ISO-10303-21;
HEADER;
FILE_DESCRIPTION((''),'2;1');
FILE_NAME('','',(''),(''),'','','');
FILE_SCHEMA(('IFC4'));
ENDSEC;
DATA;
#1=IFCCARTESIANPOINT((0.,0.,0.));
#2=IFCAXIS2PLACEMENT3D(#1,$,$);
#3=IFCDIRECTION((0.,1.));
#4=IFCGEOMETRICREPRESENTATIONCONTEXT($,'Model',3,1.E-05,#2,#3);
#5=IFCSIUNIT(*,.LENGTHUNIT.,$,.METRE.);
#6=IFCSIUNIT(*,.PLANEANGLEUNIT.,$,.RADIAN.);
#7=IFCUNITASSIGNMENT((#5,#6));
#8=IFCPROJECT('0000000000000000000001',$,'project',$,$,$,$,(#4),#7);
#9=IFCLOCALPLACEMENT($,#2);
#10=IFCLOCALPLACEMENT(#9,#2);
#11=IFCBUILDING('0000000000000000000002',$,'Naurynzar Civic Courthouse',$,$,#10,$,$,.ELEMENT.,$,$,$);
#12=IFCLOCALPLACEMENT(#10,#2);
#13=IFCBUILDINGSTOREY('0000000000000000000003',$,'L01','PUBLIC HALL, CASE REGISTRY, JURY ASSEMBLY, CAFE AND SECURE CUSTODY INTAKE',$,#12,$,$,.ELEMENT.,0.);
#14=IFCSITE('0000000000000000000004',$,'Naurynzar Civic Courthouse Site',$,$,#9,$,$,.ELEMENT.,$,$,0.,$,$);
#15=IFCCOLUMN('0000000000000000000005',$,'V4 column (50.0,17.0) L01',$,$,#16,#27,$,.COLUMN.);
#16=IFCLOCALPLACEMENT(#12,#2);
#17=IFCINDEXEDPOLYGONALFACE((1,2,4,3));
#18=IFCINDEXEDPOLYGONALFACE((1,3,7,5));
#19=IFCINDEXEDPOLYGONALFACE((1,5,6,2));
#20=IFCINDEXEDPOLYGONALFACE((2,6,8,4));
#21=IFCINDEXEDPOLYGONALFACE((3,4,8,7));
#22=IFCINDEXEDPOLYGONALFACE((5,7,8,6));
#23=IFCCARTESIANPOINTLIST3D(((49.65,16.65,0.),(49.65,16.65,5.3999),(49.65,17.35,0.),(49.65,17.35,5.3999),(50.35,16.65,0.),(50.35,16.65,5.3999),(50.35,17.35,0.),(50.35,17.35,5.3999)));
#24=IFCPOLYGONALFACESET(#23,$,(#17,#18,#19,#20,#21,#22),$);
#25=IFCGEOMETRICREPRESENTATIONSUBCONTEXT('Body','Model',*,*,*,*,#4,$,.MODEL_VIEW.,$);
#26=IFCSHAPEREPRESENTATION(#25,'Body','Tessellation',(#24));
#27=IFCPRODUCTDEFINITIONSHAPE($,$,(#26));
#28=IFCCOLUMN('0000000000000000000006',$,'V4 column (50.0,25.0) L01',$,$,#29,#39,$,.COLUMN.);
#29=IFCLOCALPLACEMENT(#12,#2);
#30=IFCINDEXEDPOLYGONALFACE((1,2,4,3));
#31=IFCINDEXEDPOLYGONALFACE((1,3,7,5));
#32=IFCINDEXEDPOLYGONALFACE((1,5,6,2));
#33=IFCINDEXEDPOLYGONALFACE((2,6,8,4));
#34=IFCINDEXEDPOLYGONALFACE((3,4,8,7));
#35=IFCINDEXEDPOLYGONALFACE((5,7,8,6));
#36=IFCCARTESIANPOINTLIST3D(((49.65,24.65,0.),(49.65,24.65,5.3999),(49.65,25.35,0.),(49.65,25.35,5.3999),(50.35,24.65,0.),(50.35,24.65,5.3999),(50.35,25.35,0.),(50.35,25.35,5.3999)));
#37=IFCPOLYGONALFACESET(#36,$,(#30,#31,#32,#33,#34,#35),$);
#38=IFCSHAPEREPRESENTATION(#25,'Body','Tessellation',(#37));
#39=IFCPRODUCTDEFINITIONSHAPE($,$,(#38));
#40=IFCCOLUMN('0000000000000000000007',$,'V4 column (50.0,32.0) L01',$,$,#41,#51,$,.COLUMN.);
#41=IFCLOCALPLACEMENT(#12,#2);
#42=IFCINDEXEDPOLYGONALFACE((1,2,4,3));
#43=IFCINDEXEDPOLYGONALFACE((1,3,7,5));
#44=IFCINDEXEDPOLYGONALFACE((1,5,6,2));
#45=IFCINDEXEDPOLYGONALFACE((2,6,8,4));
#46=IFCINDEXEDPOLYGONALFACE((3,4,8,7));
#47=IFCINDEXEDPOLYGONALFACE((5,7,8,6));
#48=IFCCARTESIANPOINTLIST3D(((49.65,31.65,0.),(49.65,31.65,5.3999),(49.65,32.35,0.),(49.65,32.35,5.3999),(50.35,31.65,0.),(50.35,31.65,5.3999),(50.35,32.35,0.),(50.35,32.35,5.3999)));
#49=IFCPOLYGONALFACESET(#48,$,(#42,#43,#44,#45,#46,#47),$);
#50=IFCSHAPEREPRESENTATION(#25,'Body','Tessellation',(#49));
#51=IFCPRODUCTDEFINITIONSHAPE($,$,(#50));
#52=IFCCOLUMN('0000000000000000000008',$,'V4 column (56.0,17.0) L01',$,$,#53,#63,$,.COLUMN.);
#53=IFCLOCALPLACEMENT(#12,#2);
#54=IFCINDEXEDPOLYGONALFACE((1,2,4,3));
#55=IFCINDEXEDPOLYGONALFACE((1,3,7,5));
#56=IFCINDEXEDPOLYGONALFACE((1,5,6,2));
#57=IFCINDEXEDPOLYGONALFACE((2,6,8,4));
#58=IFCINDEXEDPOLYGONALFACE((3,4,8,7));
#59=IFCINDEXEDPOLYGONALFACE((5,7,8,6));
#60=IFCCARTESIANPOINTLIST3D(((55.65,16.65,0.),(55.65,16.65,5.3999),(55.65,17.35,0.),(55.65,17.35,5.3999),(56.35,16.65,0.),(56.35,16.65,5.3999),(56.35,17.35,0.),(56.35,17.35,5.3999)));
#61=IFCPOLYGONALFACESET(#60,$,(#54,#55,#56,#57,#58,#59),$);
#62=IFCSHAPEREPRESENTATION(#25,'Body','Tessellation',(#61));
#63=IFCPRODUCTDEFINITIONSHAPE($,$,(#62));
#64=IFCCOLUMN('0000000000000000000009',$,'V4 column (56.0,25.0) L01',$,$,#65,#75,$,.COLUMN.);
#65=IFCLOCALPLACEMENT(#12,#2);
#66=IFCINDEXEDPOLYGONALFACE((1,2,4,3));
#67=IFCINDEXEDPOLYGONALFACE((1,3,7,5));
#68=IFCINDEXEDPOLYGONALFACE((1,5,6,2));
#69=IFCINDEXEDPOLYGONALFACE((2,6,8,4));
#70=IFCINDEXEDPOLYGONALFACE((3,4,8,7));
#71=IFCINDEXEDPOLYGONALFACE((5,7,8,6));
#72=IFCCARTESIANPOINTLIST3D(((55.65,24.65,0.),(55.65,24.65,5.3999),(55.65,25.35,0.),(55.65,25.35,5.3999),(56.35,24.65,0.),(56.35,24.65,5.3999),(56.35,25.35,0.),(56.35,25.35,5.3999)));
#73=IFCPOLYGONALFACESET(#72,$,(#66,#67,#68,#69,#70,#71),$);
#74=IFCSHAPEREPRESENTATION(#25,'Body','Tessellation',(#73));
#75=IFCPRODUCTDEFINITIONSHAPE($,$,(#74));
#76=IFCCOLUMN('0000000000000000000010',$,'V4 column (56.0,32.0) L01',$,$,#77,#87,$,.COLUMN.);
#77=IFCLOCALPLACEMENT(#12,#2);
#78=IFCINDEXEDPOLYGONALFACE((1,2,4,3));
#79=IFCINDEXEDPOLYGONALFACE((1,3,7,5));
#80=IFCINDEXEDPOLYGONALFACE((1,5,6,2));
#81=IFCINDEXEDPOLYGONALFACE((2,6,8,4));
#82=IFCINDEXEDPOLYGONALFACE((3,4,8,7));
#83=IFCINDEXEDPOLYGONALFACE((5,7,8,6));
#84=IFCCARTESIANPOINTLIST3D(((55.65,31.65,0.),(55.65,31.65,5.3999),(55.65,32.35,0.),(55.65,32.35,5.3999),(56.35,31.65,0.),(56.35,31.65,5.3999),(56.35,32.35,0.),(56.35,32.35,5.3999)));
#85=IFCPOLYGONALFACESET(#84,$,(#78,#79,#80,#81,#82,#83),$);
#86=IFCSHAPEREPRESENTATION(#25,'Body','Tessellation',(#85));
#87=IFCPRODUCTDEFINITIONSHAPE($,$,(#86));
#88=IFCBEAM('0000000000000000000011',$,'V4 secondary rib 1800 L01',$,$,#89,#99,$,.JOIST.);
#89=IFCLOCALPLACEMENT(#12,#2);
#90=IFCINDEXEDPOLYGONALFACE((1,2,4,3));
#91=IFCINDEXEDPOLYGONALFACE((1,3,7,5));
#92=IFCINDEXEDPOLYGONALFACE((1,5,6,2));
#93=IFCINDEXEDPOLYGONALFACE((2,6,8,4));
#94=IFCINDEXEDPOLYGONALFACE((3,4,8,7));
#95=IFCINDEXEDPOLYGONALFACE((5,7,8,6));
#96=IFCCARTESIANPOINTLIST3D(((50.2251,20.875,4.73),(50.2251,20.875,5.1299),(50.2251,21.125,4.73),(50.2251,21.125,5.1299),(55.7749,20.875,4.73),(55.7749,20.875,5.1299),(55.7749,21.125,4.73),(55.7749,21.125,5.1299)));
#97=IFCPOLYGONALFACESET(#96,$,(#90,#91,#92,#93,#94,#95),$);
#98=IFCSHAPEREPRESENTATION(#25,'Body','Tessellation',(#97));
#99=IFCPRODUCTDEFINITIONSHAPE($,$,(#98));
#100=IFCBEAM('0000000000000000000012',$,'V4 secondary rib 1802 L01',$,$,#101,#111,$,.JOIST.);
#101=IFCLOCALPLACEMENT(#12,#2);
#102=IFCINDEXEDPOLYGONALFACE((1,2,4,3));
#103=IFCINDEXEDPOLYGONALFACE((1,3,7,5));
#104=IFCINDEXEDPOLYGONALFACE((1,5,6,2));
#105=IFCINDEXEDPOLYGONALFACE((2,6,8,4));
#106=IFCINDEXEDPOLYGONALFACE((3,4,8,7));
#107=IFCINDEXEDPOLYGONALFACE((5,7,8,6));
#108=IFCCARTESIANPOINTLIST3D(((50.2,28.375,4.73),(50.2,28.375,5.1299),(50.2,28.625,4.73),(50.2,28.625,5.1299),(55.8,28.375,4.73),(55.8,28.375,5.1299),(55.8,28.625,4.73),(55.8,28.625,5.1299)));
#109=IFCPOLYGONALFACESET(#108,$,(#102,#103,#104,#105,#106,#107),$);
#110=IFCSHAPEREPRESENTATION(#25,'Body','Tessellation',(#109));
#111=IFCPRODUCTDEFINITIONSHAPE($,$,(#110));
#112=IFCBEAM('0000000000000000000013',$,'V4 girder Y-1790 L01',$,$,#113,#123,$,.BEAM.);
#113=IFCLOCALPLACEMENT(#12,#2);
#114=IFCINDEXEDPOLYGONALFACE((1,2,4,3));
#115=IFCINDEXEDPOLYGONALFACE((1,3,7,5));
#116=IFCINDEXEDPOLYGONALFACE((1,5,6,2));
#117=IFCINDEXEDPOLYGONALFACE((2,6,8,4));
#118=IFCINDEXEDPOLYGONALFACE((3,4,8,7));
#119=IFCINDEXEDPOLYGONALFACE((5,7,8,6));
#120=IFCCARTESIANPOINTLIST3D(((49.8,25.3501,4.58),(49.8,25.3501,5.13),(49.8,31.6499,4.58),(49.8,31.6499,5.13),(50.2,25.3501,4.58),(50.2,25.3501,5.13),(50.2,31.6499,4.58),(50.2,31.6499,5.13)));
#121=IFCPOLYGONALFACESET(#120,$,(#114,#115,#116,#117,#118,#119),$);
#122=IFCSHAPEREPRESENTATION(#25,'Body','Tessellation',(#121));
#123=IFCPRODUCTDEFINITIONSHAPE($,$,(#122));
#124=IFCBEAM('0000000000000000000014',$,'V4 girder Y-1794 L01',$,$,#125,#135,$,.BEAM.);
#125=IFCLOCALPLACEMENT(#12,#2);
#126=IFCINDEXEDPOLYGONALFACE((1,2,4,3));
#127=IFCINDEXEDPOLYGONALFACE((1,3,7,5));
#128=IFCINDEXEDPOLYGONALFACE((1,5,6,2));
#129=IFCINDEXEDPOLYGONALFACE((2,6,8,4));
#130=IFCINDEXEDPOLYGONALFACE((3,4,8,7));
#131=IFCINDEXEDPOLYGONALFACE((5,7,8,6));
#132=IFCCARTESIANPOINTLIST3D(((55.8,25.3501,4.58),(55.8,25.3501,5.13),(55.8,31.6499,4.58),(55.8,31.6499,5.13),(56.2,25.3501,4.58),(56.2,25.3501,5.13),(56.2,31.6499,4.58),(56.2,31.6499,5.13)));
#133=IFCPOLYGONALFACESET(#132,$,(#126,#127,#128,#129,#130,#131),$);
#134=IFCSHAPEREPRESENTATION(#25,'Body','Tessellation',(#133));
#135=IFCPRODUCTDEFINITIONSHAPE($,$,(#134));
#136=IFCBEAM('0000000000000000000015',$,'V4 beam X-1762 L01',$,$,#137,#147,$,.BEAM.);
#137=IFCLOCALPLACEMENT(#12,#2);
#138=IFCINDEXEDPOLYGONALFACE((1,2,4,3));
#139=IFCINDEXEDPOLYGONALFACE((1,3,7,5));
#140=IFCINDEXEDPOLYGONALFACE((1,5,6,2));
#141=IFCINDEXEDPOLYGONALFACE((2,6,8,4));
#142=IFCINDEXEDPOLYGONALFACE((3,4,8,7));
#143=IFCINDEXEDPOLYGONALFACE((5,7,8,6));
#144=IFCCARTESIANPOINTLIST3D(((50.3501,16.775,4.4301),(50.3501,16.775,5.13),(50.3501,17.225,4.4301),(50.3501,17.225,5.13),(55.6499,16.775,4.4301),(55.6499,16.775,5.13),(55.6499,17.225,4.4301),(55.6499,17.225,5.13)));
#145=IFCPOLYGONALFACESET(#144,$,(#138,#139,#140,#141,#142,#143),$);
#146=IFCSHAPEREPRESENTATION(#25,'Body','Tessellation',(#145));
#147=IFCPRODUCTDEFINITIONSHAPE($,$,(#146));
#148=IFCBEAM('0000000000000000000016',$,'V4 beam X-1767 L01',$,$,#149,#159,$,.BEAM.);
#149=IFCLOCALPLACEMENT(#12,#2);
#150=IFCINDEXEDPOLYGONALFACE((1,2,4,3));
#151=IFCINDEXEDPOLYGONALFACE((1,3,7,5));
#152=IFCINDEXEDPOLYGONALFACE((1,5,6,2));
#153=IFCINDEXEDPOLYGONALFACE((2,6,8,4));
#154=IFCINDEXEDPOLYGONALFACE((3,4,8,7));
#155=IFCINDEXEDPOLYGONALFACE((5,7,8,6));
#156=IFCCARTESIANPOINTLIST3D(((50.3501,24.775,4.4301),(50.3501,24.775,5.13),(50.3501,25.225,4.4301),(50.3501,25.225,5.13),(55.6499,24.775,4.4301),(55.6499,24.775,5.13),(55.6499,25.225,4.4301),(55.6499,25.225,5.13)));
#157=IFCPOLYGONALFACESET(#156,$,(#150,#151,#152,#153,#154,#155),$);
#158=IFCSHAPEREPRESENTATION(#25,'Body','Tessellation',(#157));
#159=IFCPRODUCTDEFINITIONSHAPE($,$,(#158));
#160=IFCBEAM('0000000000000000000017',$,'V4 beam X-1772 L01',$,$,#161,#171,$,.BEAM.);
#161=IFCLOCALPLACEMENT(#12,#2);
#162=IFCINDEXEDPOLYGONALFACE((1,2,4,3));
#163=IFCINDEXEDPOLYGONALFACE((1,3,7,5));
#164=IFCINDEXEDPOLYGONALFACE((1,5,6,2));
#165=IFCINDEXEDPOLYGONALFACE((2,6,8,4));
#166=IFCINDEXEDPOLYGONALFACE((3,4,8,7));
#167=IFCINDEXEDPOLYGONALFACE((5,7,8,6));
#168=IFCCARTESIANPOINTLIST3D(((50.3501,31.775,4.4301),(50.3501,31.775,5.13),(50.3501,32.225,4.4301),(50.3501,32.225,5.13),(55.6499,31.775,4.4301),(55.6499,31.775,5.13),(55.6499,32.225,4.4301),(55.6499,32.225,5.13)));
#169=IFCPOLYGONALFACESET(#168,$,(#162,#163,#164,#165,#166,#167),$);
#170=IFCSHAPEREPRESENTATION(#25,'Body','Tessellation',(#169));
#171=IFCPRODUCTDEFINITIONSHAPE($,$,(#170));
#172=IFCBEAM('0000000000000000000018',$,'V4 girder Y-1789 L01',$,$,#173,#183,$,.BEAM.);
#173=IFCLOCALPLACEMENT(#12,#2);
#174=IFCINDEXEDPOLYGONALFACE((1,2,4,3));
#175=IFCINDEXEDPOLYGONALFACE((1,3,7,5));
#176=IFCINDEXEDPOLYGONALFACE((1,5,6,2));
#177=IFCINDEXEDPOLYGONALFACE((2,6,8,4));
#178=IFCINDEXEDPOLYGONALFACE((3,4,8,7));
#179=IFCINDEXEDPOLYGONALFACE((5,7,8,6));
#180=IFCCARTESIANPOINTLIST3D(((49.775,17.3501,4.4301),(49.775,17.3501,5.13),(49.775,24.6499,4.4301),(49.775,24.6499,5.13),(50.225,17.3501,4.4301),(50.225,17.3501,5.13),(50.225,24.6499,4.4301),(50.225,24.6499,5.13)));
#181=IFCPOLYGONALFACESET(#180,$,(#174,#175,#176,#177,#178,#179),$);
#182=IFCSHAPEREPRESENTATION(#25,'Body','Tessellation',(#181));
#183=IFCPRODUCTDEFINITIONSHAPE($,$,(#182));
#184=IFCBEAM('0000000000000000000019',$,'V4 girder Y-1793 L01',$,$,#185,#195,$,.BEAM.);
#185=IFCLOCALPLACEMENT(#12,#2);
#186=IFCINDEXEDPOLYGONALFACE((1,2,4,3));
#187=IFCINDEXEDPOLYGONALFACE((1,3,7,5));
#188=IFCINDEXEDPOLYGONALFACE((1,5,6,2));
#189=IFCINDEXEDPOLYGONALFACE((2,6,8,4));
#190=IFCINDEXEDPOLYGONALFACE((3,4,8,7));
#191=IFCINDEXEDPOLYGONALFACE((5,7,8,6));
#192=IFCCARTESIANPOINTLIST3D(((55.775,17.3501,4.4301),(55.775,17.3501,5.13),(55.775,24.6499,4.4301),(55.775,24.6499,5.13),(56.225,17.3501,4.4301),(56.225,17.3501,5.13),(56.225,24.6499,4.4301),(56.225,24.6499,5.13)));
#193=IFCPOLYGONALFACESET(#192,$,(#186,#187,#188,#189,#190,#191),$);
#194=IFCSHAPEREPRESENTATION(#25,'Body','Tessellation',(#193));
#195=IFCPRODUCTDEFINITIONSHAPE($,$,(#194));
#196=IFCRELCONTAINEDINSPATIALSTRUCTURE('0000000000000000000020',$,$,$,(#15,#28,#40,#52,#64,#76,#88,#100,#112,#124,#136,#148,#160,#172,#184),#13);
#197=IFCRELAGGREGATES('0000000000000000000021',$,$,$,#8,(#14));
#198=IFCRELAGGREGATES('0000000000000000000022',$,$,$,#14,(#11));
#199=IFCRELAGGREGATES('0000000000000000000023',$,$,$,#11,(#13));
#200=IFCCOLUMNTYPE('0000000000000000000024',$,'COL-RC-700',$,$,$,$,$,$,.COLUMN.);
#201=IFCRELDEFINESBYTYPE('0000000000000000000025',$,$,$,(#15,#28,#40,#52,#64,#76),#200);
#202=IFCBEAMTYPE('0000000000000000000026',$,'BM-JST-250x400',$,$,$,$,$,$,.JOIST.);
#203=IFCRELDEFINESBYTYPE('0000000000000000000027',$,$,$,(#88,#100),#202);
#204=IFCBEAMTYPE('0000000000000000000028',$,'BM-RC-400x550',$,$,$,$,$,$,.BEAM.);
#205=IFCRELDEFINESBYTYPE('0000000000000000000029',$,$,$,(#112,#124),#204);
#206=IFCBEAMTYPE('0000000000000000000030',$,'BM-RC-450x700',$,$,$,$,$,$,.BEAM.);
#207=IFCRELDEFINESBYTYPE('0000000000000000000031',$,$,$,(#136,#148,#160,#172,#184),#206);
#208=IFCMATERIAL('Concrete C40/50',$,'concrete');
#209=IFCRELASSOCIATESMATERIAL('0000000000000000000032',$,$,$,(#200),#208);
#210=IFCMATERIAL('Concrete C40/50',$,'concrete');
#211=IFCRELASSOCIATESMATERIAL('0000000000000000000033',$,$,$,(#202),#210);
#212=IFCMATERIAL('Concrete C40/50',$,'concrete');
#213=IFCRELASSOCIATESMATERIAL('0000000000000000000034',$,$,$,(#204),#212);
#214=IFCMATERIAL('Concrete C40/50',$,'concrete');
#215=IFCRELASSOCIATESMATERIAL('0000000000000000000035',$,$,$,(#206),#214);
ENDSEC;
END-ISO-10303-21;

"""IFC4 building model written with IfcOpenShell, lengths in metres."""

from ifc_helpers import new_model, si_unit, direction, frame, origin, origin_2d, place, context, subcontext, project, spatial, rectangle, extrude, material, material_profile, profile_set, type_object, element, save


model = new_model("IFC4")

# Units and contexts
model_context = context("Model", 3, precision=1e-05, world=origin(), true_north=direction((0.0, 1.0)))
body_context = subcontext(model_context, "Body", "Model", "MODEL_VIEW")
ifc_project = project(units=[si_unit("LENGTHUNIT", "METRE"), si_unit("PLANEANGLEUNIT", "RADIAN")], contexts=[model_context])

# Site, building, storey
site_placement = place(None, origin())
site = spatial("IfcSite", under=ifc_project, at=site_placement, Name="Naurynzar Civic Courthouse Site", CompositionType="ELEMENT", RefElevation=0.0)
building_placement = place(site_placement, origin())
building = spatial("IfcBuilding", under=site, at=building_placement, Name="Naurynzar Civic Courthouse", CompositionType="ELEMENT")
storey_placement = place(building_placement, origin())
storey = spatial("IfcBuildingStorey", under=building, at=storey_placement, Name="L01", Description="PUBLIC HALL, CASE REGISTRY, JURY ASSEMBLY, CAFE AND SECURE CUSTODY INTAKE", CompositionType="ELEMENT", Elevation=0.0)

# Columns
ifc_material_1 = material(Name="Concrete C40/50", Category="concrete")
ifc_material_profile_1 = material_profile(ifc_material_1, rectangle(XDim=0.7, YDim=0.7, at=origin_2d()), Name="RC 700x700")
ifc_profile_set_1 = profile_set([ifc_material_profile_1], Name="Concrete C40/50")
column_type = type_object("IfcColumnType", Name="COL-RC-700", PredefinedType="COLUMN", material=ifc_profile_set_1)
for number, where, z_axis, x_axis, name in (
    (1, (50.0, 17.0, 0.0), (0.0, 0.0, 1.0), (1.0, 0.0, 0.0), "V4 column (50.0,17.0) L01"),
    (2, (50.0, 25.0, 0.0), (0.0, 0.0, 1.0), (1.0, 0.0, 0.0), "V4 column (50.0,25.0) L01"),
    (3, (50.0, 32.0, 0.0), (0.0, 0.0, 1.0), (1.0, 0.0, 0.0), "V4 column (50.0,32.0) L01"),
    (4, (56.0, 17.0, 0.0), (0.0, 0.0, 1.0), (1.0, 0.0, 0.0), "V4 column (56.0,17.0) L01"),
    (5, (56.0, 25.0, 0.0), (0.0, 0.0, 1.0), (1.0, 0.0, 0.0), "V4 column (56.0,25.0) L01"),
    (6, (56.0, 32.0, 0.0), (0.0, 0.0, 1.0), (1.0, 0.0, 0.0), "V4 column (56.0,32.0) L01"),
):
    element("IfcColumn", number, at=place(storey_placement, frame(where, z_axis=z_axis, x_axis=x_axis)), inside=storey, type_object=column_type, Name=name, PredefinedType="COLUMN", context=body_context, shape_type="SweptSolid", body=[
        extrude(rectangle(XDim=0.7, YDim=0.7, at=origin_2d()), origin(), (0.0, 0.0, 1.0), 5.3999),
    ])

# Beams
ifc_material_2 = material(Name="Concrete C40/50", Category="concrete")
ifc_material_profile_2 = material_profile(ifc_material_2, rectangle(XDim=0.25, YDim=0.3999, at=origin_2d()), Name="RCB 250x400")
ifc_profile_set_2 = profile_set([ifc_material_profile_2], Name="Concrete C40/50")
beam_type_1 = type_object("IfcBeamType", Name="BM-JST-250x400", PredefinedType="JOIST", material=ifc_profile_set_2)
beam_1_placement = place(storey_placement, frame((50.2251, 21.0, 4.9299), z_axis=(1.0, 0.0, 0.0), x_axis=(0.0, 1.0, 0.0)))
element("IfcBeam", 7, at=beam_1_placement, inside=storey, type_object=beam_type_1, Name="V4 secondary rib 1800 L01", PredefinedType="JOIST", context=body_context, shape_type="SweptSolid", body=[
    extrude(rectangle(XDim=0.25, YDim=0.3999, at=origin_2d()), origin(), (0.0, 0.0, 1.0), 5.5498),
])
beam_2_placement = place(storey_placement, frame((50.2, 28.5, 4.9299), z_axis=(1.0, 0.0, 0.0), x_axis=(0.0, 1.0, 0.0)))
element("IfcBeam", 8, at=beam_2_placement, inside=storey, type_object=beam_type_1, Name="V4 secondary rib 1802 L01", PredefinedType="JOIST", context=body_context, shape_type="SweptSolid", body=[
    extrude(rectangle(XDim=0.25, YDim=0.3999, at=origin_2d()), origin(), (0.0, 0.0, 1.0), 5.6001),
])
ifc_material_3 = material(Name="Concrete C40/50", Category="concrete")
ifc_material_profile_3 = material_profile(ifc_material_3, rectangle(XDim=0.3999, YDim=0.55, at=origin_2d()), Name="RCB 400x550")
ifc_profile_set_3 = profile_set([ifc_material_profile_3], Name="Concrete C40/50")
beam_type_2 = type_object("IfcBeamType", Name="BM-RC-400x550", PredefinedType="BEAM", material=ifc_profile_set_3)
for number, where, z_axis, x_axis, name in (
    (9, (50.0, 25.3501, 4.855), (0.0, 1.0, 0.0), (-1.0, 0.0, 0.0), "V4 girder Y-1790 L01"),
    (10, (56.0, 25.3501, 4.855), (0.0, 1.0, 0.0), (-1.0, 0.0, 0.0), "V4 girder Y-1794 L01"),
):
    element("IfcBeam", number, at=place(storey_placement, frame(where, z_axis=z_axis, x_axis=x_axis)), inside=storey, type_object=beam_type_2, Name=name, PredefinedType="BEAM", context=body_context, shape_type="SweptSolid", body=[
        extrude(rectangle(XDim=0.3999, YDim=0.55, at=origin_2d()), origin(), (0.0, 0.0, 1.0), 6.2998),
    ])
ifc_material_4 = material(Name="Concrete C40/50", Category="concrete")
ifc_material_profile_4 = material_profile(ifc_material_4, rectangle(XDim=0.45, YDim=0.7, at=origin_2d()), Name="RCB 450x700")
ifc_profile_set_4 = profile_set([ifc_material_profile_4], Name="Concrete C40/50")
beam_type_3 = type_object("IfcBeamType", Name="BM-RC-450x700", PredefinedType="BEAM", material=ifc_profile_set_4)
for number, where, z_axis, x_axis, name in (
    (11, (50.3501, 17.0, 4.78), (1.0, 0.0, 0.0), (0.0, 1.0, 0.0), "V4 beam X-1762 L01"),
    (12, (50.3501, 25.0, 4.78), (1.0, 0.0, 0.0), (0.0, 1.0, 0.0), "V4 beam X-1767 L01"),
    (13, (50.3501, 32.0, 4.78), (1.0, 0.0, 0.0), (0.0, 1.0, 0.0), "V4 beam X-1772 L01"),
):
    element("IfcBeam", number, at=place(storey_placement, frame(where, z_axis=z_axis, x_axis=x_axis)), inside=storey, type_object=beam_type_3, Name=name, PredefinedType="BEAM", context=body_context, shape_type="SweptSolid", body=[
        extrude(rectangle(XDim=0.45, YDim=0.7, at=origin_2d()), origin(), (0.0, 0.0, 1.0), 5.2998),
    ])
for number, where, z_axis, x_axis, name in (
    (14, (50.0, 17.3501, 4.78), (0.0, 1.0, 0.0), (-1.0, 0.0, 0.0), "V4 girder Y-1789 L01"),
    (15, (56.0, 17.3501, 4.78), (0.0, 1.0, 0.0), (-1.0, 0.0, 0.0), "V4 girder Y-1793 L01"),
):
    element("IfcBeam", number, at=place(storey_placement, frame(where, z_axis=z_axis, x_axis=x_axis)), inside=storey, type_object=beam_type_3, Name=name, PredefinedType="BEAM", context=body_context, shape_type="SweptSolid", body=[
        extrude(rectangle(XDim=0.45, YDim=0.7, at=origin_2d()), origin(), (0.0, 0.0, 1.0), 7.2998),
    ])

save(model, "model.ifc")
